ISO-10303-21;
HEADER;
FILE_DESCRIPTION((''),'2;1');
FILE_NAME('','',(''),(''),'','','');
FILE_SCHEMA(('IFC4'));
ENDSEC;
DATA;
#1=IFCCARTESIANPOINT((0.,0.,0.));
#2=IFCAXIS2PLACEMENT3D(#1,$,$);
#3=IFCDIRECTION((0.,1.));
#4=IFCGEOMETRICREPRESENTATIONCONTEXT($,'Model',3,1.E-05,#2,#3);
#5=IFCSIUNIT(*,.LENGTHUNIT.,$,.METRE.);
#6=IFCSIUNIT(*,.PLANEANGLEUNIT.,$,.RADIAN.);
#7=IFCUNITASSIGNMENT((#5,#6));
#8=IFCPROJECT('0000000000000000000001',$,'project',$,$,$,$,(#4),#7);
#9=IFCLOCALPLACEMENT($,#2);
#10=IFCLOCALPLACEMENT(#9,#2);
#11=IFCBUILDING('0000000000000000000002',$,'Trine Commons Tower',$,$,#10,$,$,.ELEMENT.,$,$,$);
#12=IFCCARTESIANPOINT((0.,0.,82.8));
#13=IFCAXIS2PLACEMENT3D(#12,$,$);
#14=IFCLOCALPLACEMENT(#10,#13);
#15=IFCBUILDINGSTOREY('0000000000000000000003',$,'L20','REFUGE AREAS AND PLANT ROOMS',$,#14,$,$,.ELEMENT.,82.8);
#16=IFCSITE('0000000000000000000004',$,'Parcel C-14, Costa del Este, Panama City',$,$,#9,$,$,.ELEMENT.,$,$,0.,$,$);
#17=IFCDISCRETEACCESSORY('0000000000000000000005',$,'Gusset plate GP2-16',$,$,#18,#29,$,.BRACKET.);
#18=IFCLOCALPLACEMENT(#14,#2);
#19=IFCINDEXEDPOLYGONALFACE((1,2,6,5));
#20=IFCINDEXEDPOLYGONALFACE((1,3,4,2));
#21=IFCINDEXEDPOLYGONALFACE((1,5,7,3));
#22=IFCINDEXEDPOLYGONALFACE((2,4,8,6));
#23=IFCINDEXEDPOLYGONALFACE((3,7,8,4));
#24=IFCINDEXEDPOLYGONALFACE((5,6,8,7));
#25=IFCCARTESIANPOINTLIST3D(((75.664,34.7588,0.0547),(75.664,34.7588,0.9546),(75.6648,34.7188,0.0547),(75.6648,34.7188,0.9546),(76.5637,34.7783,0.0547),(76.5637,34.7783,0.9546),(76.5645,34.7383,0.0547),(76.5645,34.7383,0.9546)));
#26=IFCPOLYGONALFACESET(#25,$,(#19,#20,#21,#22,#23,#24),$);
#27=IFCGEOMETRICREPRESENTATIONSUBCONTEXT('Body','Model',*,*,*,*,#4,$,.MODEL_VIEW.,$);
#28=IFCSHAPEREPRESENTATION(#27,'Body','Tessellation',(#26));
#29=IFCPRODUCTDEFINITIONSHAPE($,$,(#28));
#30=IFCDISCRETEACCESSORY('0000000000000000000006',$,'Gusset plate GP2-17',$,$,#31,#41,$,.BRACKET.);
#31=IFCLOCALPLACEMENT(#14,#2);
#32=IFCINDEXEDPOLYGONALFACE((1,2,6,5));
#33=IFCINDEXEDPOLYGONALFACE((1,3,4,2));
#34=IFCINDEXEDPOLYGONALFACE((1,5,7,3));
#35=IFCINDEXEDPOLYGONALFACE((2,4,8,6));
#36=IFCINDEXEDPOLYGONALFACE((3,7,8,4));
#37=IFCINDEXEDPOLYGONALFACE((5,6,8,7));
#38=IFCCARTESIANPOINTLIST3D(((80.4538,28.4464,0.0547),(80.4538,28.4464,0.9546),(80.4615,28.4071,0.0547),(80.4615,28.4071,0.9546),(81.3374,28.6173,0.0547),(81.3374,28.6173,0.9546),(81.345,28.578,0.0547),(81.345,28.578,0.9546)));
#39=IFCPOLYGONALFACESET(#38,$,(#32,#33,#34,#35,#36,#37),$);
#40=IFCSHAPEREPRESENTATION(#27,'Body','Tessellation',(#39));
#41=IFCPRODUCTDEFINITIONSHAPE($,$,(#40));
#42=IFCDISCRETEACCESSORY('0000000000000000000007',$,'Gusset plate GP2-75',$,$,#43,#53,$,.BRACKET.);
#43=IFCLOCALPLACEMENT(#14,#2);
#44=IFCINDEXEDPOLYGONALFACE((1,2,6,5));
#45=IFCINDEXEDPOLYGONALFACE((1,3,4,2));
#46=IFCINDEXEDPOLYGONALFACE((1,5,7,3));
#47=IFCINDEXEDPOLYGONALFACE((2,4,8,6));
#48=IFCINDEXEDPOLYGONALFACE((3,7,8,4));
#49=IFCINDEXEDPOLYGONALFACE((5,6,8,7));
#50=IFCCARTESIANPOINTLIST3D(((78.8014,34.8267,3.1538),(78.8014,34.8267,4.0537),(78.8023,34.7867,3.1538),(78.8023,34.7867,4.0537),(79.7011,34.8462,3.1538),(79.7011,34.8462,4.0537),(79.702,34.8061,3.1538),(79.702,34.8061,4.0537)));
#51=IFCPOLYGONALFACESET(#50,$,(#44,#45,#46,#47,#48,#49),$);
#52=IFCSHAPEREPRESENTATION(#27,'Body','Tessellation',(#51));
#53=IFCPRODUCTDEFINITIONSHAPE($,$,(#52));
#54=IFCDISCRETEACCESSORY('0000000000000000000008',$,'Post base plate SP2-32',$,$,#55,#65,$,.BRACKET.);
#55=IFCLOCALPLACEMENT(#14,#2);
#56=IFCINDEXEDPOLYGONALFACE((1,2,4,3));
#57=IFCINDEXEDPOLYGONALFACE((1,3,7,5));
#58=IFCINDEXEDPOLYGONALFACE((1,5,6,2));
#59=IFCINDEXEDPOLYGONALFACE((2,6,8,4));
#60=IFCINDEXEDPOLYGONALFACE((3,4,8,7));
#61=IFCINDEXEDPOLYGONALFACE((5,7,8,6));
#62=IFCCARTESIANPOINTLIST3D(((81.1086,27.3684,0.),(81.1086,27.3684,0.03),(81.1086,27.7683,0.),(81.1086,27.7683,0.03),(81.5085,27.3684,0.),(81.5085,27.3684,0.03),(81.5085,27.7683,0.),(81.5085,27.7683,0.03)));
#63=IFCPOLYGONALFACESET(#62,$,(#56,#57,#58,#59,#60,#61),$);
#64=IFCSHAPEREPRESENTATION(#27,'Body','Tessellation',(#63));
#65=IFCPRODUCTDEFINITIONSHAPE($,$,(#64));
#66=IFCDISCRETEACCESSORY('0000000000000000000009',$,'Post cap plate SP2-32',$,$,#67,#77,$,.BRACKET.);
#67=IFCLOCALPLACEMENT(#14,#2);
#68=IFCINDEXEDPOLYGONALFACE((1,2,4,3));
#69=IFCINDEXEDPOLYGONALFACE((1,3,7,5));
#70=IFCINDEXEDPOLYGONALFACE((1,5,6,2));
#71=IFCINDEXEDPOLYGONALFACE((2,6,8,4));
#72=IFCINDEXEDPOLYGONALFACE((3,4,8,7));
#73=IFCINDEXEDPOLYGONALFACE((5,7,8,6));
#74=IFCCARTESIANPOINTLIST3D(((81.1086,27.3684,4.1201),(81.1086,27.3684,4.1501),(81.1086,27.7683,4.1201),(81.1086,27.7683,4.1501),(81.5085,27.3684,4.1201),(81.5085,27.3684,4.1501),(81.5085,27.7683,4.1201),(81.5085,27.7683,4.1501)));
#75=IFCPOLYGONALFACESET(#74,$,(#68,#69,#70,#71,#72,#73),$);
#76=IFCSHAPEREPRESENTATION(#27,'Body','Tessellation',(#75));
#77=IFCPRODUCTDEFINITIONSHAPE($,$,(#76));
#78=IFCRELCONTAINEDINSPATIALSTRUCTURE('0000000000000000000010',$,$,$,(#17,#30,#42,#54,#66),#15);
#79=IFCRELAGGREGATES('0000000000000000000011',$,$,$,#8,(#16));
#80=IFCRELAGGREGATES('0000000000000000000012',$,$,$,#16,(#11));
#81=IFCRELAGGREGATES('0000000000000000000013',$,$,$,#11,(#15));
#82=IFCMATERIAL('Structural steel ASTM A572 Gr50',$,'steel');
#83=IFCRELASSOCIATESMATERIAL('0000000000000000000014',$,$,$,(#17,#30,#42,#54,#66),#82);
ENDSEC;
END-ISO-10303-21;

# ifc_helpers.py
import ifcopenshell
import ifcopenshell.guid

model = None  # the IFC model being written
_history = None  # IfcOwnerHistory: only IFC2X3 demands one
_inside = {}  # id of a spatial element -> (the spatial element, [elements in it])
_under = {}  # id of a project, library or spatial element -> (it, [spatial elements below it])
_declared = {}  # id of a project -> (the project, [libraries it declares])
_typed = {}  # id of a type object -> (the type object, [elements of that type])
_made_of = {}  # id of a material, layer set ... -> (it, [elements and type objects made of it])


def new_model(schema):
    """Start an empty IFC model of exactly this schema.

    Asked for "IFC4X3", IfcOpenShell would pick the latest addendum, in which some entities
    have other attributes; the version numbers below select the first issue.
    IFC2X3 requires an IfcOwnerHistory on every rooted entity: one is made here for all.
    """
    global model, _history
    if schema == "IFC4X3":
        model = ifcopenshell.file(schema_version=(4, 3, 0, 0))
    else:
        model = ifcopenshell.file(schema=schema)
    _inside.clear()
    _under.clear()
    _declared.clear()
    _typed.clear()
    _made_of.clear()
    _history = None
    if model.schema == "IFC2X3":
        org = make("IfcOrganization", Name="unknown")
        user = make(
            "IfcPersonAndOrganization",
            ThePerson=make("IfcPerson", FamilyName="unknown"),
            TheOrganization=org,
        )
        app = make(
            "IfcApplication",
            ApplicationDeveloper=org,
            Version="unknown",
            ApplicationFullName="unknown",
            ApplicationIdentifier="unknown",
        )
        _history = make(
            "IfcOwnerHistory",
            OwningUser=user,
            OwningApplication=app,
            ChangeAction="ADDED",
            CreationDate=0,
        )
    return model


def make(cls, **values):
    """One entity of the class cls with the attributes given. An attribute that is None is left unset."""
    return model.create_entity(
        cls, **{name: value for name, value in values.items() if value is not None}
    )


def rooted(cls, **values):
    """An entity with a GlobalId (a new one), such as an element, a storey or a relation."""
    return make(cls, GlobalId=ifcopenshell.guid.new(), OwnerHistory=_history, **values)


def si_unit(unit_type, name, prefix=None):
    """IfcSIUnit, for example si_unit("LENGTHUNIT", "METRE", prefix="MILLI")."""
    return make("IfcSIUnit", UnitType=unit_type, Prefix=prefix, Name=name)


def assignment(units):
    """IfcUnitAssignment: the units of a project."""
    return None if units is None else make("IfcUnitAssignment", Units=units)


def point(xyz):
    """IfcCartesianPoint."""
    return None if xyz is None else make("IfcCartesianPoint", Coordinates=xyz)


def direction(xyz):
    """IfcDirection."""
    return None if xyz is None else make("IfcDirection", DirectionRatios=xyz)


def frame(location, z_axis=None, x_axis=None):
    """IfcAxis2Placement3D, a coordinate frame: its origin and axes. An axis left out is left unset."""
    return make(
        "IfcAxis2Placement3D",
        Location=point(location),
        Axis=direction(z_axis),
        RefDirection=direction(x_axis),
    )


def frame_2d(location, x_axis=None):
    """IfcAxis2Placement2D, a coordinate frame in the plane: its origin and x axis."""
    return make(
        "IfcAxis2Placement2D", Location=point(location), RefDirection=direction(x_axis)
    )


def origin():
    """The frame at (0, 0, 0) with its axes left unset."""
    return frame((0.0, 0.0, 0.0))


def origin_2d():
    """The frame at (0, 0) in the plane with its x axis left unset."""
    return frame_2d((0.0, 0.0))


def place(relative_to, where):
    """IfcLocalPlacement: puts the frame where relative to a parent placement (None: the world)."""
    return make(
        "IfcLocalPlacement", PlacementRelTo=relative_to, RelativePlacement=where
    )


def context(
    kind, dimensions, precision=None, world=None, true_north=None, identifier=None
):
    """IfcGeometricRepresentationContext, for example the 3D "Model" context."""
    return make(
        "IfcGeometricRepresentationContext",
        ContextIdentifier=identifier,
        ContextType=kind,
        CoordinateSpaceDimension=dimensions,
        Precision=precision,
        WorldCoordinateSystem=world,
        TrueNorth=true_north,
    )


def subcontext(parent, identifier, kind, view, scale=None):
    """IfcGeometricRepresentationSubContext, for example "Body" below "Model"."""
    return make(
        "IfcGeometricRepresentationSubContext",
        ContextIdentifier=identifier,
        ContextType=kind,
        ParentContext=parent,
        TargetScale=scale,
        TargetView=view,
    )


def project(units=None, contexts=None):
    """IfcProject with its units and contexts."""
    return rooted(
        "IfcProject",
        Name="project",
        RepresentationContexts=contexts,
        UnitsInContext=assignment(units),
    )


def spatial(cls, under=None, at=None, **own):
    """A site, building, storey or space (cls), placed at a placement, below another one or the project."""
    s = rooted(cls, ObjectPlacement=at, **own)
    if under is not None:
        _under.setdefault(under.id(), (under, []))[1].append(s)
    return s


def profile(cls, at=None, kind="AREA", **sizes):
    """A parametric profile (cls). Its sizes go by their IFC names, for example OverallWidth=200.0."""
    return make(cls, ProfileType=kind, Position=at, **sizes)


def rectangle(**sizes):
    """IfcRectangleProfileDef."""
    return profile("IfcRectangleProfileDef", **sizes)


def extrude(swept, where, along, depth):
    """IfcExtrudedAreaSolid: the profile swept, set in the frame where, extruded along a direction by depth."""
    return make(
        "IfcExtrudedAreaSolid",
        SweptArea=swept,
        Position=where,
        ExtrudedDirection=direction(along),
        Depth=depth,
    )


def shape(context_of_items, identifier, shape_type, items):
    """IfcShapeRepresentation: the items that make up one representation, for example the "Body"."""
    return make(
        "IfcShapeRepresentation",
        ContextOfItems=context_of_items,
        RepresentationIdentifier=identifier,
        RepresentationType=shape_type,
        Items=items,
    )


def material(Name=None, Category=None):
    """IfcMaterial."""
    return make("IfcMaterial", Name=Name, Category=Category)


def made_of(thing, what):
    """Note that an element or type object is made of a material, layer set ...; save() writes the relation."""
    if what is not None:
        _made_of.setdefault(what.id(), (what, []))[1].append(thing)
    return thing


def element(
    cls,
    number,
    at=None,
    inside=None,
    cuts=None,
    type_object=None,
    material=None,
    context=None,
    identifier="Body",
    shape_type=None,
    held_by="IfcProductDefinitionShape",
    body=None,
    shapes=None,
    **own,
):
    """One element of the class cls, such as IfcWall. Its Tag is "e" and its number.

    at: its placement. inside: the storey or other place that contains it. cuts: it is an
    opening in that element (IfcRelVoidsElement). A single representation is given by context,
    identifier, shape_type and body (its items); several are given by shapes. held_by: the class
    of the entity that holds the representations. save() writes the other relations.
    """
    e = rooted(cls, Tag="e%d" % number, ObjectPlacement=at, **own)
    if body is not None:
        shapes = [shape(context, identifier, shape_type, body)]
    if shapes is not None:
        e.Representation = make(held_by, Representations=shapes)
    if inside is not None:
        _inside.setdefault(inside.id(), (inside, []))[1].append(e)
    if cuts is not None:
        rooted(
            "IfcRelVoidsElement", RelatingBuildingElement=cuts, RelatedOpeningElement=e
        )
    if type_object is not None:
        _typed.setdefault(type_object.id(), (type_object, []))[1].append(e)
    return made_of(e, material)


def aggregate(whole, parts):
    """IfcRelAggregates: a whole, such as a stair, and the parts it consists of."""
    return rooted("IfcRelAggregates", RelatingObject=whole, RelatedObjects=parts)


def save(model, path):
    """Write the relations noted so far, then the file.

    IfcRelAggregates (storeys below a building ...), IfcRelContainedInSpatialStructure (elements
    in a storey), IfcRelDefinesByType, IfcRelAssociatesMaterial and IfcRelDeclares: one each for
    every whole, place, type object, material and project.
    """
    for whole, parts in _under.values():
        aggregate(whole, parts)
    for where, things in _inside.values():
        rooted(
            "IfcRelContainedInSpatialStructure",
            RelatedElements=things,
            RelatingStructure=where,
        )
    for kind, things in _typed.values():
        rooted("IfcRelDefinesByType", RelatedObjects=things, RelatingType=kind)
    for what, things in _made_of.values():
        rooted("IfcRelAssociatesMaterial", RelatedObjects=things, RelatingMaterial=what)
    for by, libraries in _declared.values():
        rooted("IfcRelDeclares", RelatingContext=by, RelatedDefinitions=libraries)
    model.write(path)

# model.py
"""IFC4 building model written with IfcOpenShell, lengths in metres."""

from ifc_helpers import new_model, si_unit, direction, frame, origin, origin_2d, place, context, subcontext, project, spatial, rectangle, extrude, material, element, save


model = new_model("IFC4")

# Units and contexts
model_context = context("Model", 3, precision=1e-05, world=origin(), true_north=direction((0.0, 1.0)))
body_context = subcontext(model_context, "Body", "Model", "MODEL_VIEW")
ifc_project = project(units=[si_unit("LENGTHUNIT", "METRE"), si_unit("PLANEANGLEUNIT", "RADIAN")], contexts=[model_context])

# Site, building, storey
site_placement = place(None, origin())
site = spatial("IfcSite", under=ifc_project, at=site_placement, Name="Parcel C-14, Costa del Este, Panama City", CompositionType="ELEMENT", RefElevation=0.0)
building_placement = place(site_placement, origin())
building = spatial("IfcBuilding", under=site, at=building_placement, Name="Trine Commons Tower", CompositionType="ELEMENT")
storey_placement = place(building_placement, frame((0.0, 0.0, 82.8)))
storey = spatial("IfcBuildingStorey", under=building, at=storey_placement, Name="L20", Description="REFUGE AREAS AND PLANT ROOMS", CompositionType="ELEMENT", Elevation=82.8)

# Discrete accessories
ifc_material_1 = material(Name="Structural steel ASTM A572 Gr50", Category="steel")
for number, where, z_axis, x_axis, name in (
    (1, (76.1143, 34.7485, 0.0547), (0.0, 0.0, 1.0), (0.999766, 0.02164, 0.0), "Gusset plate GP2-16"),
    (2, (80.8994, 28.5122, 0.0547), (0.0, 0.0, 1.0), (0.9818, 0.189918, 0.0), "Gusset plate GP2-17"),
    (3, (79.2517, 34.8164, 3.1538), (0.0, 0.0, 1.0), (0.999766, 0.02164, 0.0), "Gusset plate GP2-75"),
):
    element("IfcDiscreteAccessory", number, at=place(storey_placement, frame(where, z_axis=z_axis, x_axis=x_axis)), inside=storey, material=ifc_material_1, Name=name, PredefinedType="BRACKET", context=body_context, shape_type="SweptSolid", body=[
        extrude(rectangle(XDim=0.8999, YDim=0.04, at=origin_2d()), origin(), (0.0, 0.0, 1.0), 0.8999),
    ])
for number, where, z_axis, x_axis, name in (
    (4, (81.3086, 27.5684, 0.0), (0.0, 0.0, 1.0), (1.0, 0.0, 0.0), "Post base plate SP2-32"),
    (5, (81.3086, 27.5684, 4.1201), (0.0, 0.0, 1.0), (1.0, 0.0, 0.0), "Post cap plate SP2-32"),
):
    element("IfcDiscreteAccessory", number, at=place(storey_placement, frame(where, z_axis=z_axis, x_axis=x_axis)), inside=storey, material=ifc_material_1, Name=name, PredefinedType="BRACKET", context=body_context, shape_type="SweptSolid", body=[
        extrude(rectangle(XDim=0.3999, YDim=0.3999, at=origin_2d()), origin(), (0.0, 0.0, 1.0), 0.03),
    ])

save(model, "model.ifc")
